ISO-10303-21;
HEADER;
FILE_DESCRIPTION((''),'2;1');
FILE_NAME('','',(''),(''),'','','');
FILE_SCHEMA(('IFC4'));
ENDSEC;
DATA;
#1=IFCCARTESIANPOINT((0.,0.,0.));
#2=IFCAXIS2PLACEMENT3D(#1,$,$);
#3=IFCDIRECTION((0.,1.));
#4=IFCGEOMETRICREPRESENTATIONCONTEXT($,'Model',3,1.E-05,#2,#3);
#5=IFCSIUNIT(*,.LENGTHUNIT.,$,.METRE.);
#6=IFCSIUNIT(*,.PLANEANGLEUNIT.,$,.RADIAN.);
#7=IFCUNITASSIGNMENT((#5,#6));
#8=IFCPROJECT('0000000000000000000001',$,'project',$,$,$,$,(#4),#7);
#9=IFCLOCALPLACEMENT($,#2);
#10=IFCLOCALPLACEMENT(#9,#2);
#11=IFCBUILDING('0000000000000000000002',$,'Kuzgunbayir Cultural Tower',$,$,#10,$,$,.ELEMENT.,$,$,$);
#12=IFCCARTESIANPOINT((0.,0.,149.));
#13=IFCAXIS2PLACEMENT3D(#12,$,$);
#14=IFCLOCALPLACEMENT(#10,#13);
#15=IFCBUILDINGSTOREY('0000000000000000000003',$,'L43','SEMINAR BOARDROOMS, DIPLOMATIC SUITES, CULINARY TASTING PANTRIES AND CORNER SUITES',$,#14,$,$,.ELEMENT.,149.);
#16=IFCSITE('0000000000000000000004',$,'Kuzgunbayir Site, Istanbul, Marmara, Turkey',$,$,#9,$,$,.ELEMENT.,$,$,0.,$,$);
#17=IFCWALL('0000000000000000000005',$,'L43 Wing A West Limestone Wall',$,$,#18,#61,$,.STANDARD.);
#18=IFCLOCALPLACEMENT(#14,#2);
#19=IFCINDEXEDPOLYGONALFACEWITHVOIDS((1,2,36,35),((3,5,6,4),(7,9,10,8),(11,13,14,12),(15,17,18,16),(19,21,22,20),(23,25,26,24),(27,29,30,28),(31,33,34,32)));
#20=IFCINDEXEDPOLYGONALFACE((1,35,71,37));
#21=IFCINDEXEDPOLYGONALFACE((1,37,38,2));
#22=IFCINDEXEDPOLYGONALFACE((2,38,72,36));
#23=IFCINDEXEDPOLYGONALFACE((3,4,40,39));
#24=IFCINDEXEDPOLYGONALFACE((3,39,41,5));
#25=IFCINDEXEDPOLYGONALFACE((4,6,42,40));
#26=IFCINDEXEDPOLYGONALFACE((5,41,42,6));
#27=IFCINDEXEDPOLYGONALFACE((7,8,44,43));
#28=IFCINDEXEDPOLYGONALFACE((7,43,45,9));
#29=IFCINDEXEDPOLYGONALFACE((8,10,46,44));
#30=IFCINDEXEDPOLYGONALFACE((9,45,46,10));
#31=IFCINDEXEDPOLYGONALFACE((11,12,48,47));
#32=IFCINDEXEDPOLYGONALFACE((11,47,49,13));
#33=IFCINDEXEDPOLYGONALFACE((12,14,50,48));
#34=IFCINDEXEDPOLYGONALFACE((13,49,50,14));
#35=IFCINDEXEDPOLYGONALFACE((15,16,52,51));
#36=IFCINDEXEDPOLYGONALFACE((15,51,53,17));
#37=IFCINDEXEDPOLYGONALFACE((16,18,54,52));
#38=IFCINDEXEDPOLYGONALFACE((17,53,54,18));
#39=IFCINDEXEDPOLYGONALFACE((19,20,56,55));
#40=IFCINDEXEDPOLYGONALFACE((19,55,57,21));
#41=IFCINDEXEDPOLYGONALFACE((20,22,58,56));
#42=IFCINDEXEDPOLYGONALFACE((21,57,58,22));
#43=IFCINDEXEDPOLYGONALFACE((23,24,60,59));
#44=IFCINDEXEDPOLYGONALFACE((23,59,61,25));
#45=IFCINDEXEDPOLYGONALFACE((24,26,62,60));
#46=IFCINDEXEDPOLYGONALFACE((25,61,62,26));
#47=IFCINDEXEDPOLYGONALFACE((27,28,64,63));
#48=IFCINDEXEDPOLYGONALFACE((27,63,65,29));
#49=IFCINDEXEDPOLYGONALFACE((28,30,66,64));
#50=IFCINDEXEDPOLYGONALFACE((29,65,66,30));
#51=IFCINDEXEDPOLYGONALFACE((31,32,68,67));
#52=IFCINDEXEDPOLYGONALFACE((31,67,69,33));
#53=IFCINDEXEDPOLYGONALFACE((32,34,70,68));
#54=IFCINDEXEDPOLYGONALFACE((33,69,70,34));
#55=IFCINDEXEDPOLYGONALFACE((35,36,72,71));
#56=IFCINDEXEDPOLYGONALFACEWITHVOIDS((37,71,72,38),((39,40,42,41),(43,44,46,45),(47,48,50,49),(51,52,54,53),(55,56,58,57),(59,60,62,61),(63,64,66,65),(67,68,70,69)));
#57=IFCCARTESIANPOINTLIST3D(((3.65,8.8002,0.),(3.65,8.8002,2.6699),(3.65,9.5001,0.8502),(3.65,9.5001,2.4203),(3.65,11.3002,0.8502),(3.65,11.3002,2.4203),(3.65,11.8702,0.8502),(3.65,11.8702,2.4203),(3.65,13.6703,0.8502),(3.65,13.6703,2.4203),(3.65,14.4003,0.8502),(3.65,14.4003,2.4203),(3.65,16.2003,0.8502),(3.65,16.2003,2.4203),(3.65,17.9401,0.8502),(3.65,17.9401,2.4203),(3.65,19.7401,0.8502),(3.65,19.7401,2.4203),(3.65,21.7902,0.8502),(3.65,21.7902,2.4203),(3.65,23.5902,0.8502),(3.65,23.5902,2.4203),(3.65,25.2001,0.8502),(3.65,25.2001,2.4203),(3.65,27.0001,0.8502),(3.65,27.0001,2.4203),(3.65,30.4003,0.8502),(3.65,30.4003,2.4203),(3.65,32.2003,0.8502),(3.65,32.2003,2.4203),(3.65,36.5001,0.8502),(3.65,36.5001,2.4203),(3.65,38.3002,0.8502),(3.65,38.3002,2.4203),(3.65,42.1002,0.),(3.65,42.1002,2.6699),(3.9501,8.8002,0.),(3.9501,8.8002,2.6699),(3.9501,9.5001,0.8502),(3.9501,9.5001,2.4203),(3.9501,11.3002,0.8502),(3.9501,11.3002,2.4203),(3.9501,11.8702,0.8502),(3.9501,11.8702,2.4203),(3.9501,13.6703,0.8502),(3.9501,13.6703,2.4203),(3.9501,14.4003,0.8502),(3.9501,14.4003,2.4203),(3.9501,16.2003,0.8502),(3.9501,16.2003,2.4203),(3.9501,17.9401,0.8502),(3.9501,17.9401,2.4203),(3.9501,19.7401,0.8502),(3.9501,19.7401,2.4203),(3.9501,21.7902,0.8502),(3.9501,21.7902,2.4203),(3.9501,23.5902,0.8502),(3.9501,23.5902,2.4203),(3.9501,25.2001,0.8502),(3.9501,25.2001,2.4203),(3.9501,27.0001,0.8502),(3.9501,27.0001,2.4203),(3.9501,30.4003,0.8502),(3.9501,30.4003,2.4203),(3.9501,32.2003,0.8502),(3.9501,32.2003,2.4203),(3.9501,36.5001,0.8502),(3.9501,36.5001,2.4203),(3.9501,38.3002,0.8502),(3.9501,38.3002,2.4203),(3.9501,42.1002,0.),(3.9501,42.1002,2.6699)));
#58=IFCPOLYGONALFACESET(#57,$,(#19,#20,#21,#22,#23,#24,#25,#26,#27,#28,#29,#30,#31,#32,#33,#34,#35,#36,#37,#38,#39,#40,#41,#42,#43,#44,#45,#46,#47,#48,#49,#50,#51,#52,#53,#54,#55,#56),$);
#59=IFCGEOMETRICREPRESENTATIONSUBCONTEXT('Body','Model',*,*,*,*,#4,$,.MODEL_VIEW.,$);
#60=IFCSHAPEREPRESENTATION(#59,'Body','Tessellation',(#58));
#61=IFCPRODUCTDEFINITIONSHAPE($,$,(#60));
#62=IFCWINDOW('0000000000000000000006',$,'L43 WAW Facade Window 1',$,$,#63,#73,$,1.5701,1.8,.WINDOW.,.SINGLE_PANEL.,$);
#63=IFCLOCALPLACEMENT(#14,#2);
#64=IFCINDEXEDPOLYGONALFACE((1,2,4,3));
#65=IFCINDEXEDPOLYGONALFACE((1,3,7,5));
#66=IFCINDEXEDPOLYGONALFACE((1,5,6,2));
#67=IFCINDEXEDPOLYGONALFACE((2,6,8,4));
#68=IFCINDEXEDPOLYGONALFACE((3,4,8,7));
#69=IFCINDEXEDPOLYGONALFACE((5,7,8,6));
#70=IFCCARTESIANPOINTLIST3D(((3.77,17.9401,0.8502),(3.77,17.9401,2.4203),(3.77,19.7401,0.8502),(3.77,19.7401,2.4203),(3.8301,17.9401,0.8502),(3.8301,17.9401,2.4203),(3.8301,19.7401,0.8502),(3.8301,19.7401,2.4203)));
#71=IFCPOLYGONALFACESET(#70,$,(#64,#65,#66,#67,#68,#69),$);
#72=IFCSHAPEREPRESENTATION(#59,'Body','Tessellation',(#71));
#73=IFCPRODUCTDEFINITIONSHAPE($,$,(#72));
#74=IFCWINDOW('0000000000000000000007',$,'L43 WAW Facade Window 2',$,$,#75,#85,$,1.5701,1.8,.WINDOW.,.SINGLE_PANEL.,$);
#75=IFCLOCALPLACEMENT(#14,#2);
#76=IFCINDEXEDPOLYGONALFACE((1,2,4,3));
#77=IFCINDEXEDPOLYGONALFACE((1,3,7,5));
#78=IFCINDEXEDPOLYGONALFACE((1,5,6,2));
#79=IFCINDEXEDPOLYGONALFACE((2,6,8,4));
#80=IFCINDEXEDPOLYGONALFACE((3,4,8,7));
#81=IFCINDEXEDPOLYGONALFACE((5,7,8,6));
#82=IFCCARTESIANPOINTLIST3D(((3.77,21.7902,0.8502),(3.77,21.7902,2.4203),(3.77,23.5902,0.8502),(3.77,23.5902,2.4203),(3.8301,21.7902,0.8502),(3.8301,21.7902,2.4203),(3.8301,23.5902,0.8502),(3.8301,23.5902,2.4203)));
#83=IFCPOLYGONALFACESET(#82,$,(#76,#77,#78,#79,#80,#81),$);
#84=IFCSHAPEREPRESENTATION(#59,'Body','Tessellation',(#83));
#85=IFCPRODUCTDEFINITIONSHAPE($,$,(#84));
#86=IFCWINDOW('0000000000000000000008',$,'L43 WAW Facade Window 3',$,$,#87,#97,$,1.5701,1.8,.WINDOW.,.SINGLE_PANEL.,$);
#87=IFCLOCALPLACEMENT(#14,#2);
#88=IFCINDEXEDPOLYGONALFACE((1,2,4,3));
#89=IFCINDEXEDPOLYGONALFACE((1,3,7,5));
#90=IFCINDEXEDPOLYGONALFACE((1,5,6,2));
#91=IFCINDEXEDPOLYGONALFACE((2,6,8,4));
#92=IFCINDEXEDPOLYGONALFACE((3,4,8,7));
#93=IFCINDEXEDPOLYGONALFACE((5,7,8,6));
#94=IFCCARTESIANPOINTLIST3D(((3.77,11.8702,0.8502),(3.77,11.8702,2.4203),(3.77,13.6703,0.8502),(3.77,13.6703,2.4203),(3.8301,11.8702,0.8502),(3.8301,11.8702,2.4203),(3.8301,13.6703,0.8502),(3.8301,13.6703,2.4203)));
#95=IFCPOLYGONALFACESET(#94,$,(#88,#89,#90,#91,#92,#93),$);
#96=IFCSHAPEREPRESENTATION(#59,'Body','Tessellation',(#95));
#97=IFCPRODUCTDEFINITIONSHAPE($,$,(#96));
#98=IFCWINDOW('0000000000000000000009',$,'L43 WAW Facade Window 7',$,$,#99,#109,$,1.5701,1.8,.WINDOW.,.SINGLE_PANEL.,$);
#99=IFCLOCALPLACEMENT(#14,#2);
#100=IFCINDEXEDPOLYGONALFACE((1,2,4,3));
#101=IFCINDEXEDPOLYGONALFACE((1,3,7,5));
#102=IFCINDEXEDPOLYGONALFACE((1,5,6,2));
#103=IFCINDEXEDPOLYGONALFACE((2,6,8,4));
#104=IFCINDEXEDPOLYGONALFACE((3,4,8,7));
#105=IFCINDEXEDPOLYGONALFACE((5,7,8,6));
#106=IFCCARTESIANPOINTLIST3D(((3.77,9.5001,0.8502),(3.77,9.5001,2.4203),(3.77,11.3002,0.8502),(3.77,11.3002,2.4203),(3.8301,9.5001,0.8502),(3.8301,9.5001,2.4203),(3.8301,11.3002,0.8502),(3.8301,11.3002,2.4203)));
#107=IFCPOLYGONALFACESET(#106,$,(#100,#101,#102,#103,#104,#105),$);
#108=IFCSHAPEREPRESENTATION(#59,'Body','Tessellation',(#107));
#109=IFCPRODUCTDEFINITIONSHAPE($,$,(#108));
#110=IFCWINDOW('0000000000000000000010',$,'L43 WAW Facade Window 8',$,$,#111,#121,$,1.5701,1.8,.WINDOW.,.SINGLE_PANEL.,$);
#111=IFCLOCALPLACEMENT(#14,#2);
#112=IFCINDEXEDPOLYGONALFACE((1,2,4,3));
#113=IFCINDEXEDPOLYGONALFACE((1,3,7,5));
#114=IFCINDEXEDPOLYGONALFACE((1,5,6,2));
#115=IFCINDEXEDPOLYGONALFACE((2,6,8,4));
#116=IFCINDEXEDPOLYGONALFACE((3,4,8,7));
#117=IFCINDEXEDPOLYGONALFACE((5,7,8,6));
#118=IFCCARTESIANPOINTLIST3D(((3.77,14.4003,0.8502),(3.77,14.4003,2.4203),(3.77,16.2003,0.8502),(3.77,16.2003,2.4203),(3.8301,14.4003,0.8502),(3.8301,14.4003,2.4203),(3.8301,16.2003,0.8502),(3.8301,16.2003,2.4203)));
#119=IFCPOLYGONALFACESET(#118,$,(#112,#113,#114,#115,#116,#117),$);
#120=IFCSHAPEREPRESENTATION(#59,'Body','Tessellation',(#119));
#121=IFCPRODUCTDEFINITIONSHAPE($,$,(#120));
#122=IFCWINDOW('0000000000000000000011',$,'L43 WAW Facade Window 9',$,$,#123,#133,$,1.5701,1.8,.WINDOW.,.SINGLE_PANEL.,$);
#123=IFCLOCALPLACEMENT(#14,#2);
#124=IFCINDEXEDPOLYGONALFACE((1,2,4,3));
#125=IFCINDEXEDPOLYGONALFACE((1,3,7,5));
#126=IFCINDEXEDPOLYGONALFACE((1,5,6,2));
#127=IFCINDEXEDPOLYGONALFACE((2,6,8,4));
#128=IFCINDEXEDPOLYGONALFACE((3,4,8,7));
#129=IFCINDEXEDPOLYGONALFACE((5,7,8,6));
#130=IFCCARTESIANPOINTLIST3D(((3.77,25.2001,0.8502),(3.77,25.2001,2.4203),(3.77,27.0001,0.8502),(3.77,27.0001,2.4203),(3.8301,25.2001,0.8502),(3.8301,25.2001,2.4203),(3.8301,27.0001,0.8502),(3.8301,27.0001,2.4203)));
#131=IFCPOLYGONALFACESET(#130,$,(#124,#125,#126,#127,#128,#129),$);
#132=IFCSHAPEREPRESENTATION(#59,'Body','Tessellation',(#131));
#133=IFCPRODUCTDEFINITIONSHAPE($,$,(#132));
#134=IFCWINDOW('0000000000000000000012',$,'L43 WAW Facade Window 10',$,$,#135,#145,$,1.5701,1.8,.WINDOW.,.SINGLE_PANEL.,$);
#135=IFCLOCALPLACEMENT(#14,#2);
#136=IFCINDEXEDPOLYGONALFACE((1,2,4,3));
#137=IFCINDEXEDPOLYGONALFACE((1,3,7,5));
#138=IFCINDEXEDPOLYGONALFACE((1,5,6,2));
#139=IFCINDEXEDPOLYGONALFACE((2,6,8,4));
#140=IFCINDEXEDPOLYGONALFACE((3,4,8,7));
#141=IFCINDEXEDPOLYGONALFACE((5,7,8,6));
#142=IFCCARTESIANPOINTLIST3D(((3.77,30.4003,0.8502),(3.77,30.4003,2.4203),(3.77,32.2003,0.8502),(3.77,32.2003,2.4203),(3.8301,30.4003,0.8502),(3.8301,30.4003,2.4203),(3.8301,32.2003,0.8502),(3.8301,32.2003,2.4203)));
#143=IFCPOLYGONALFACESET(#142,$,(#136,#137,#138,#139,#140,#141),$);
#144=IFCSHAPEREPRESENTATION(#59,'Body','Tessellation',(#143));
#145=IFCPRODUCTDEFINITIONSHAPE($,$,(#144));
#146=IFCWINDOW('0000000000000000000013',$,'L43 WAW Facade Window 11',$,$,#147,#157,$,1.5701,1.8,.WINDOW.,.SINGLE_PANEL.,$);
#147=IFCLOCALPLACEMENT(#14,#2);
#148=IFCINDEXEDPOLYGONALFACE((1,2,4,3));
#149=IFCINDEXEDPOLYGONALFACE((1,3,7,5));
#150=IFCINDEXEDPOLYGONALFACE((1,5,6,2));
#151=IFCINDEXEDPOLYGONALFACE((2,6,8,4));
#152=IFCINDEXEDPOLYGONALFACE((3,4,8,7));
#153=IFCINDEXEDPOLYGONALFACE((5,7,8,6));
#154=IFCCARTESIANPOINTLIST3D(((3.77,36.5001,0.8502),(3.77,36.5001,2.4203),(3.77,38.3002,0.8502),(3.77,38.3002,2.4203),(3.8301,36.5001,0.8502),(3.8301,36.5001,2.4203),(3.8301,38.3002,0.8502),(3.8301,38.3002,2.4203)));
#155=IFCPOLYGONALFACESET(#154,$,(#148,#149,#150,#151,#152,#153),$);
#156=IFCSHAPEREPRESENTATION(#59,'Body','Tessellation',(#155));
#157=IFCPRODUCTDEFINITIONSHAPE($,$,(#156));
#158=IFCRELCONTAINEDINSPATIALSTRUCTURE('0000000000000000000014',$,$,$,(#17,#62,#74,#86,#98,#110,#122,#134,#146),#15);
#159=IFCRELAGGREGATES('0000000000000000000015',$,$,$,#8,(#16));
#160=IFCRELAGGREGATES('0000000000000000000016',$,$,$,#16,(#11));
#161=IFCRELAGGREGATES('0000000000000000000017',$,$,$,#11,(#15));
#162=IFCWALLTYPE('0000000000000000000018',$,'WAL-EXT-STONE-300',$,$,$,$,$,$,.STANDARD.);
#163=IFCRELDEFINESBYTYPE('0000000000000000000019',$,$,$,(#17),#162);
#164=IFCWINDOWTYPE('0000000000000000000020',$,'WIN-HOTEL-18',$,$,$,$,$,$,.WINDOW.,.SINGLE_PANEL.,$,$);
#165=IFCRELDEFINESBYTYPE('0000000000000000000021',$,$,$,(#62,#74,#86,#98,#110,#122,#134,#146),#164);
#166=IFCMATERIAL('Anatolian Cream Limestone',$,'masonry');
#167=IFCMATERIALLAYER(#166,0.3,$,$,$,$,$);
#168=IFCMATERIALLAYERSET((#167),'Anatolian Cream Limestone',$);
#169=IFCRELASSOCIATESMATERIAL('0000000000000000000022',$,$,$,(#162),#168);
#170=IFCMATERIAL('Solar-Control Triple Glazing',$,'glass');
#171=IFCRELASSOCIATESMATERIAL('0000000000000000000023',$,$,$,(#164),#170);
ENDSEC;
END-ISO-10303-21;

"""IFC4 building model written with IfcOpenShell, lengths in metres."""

from ifc_helpers import new_model, si_unit, direction, frame, frame_2d, origin, place, context, subcontext, project, spatial, rectangle, extrude, material, layer, layer_set, type_object, element, fill, save


model = new_model("IFC4")

# Units and contexts
model_context = context("Model", 3, precision=1e-05, world=origin(), true_north=direction((0.0, 1.0)))
body_context = subcontext(model_context, "Body", "Model", "MODEL_VIEW")
ifc_project = project(units=[si_unit("LENGTHUNIT", "METRE"), si_unit("PLANEANGLEUNIT", "RADIAN")], contexts=[model_context])

# Site, building, storey
site_placement = place(None, origin())
site = spatial("IfcSite", under=ifc_project, at=site_placement, Name="Kuzgunbayir Site, Istanbul, Marmara, Turkey", CompositionType="ELEMENT", RefElevation=0.0)
building_placement = place(site_placement, origin())
building = spatial("IfcBuilding", under=site, at=building_placement, Name="Kuzgunbayir Cultural Tower", CompositionType="ELEMENT")
storey_placement = place(building_placement, frame((0.0, 0.0, 149.0)))
storey = spatial("IfcBuildingStorey", under=building, at=storey_placement, Name="L43", Description="SEMINAR BOARDROOMS, DIPLOMATIC SUITES, CULINARY TASTING PANTRIES AND CORNER SUITES", CompositionType="ELEMENT", Elevation=149.0)

# Wall, openings, windows
ifc_material_1 = material(Name="Anatolian Cream Limestone", Category="masonry")
ifc_layer_1 = layer(ifc_material_1, 0.3)
ifc_layer_set_1 = layer_set([ifc_layer_1], Name="Anatolian Cream Limestone")
wall_type_1 = type_object("IfcWallType", Name="WAL-EXT-STONE-300", PredefinedType="STANDARD", material=ifc_layer_set_1)
wall_1_placement = place(storey_placement, frame((3.8, 42.1001, 0.0), z_axis=(0.0, 0.0, 1.0), x_axis=(0.0, -1.0, 0.0)))
wall_1 = element("IfcWall", 1, at=wall_1_placement, inside=storey, type_object=wall_type_1, Name="L43 Wing A West Limestone Wall", PredefinedType="STANDARD", context=body_context, shape_type="SweptSolid", body=[
    extrude(rectangle(XDim=33.3, YDim=0.3, at=frame_2d((16.6499, 0.0))), origin(), (0.0, 0.0, 1.0), 2.6699),
])
opening_1_placement = place(wall_1_placement, frame((22.3601, 0.0, 0.8501)))
opening_1 = element("IfcOpeningElement", 2, at=opening_1_placement, cuts=wall_1, PredefinedType="OPENING", context=body_context, shape_type="SweptSolid", body=[
    extrude(rectangle(XDim=1.8, YDim=1.5701, at=frame_2d((0.8999, 0.7852))), frame((0.0, 0.1602, 0.0), z_axis=(0.0, -1.0, 0.0), x_axis=(1.0, 0.0, 0.0)), (0.0, 0.0, 1.0), 0.3201),
])
opening_2_placement = place(wall_1_placement, frame((18.51, 0.0, 0.8501)))
opening_2 = element("IfcOpeningElement", 3, at=opening_2_placement, cuts=wall_1, PredefinedType="OPENING", context=body_context, shape_type="SweptSolid", body=[
    extrude(rectangle(XDim=1.8, YDim=1.5701, at=frame_2d((0.8999, 0.7852))), frame((0.0, 0.1602, 0.0), z_axis=(0.0, -1.0, 0.0), x_axis=(1.0, 0.0, 0.0)), (0.0, 0.0, 1.0), 0.3201),
])
opening_3_placement = place(wall_1_placement, frame((28.4299, 0.0, 0.8501)))
opening_3 = element("IfcOpeningElement", 4, at=opening_3_placement, cuts=wall_1, PredefinedType="OPENING", context=body_context, shape_type="SweptSolid", body=[
    extrude(rectangle(XDim=1.8, YDim=1.5701, at=frame_2d((0.8999, 0.7852))), frame((0.0, 0.1602, 0.0), z_axis=(0.0, -1.0, 0.0), x_axis=(1.0, 0.0, 0.0)), (0.0, 0.0, 1.0), 0.3201),
])
opening_4_placement = place(wall_1_placement, frame((30.8, 0.0, 0.8501)))
opening_4 = element("IfcOpeningElement", 5, at=opening_4_placement, cuts=wall_1, PredefinedType="OPENING", context=body_context, shape_type="SweptSolid", body=[
    extrude(rectangle(XDim=1.8, YDim=1.5701, at=frame_2d((0.8999, 0.7852))), frame((0.0, 0.1602, 0.0), z_axis=(0.0, -1.0, 0.0), x_axis=(1.0, 0.0, 0.0)), (0.0, 0.0, 1.0), 0.3201),
])
opening_5_placement = place(wall_1_placement, frame((25.8999, 0.0, 0.8501)))
opening_5 = element("IfcOpeningElement", 6, at=opening_5_placement, cuts=wall_1, PredefinedType="OPENING", context=body_context, shape_type="SweptSolid", body=[
    extrude(rectangle(XDim=1.8, YDim=1.5701, at=frame_2d((0.8999, 0.7852))), frame((0.0, 0.1602, 0.0), z_axis=(0.0, -1.0, 0.0), x_axis=(1.0, 0.0, 0.0)), (0.0, 0.0, 1.0), 0.3201),
])
opening_6_placement = place(wall_1_placement, frame((15.1001, 0.0, 0.8501)))
opening_6 = element("IfcOpeningElement", 7, at=opening_6_placement, cuts=wall_1, PredefinedType="OPENING", context=body_context, shape_type="SweptSolid", body=[
    extrude(rectangle(XDim=1.8, YDim=1.5701, at=frame_2d((0.8999, 0.7852))), frame((0.0, 0.1602, 0.0), z_axis=(0.0, -1.0, 0.0), x_axis=(1.0, 0.0, 0.0)), (0.0, 0.0, 1.0), 0.3201),
])
opening_7_placement = place(wall_1_placement, frame((9.8999, 0.0, 0.8501)))
opening_7 = element("IfcOpeningElement", 8, at=opening_7_placement, cuts=wall_1, PredefinedType="OPENING", context=body_context, shape_type="SweptSolid", body=[
    extrude(rectangle(XDim=1.8, YDim=1.5701, at=frame_2d((0.8999, 0.7852))), frame((0.0, 0.1602, 0.0), z_axis=(0.0, -1.0, 0.0), x_axis=(1.0, 0.0, 0.0)), (0.0, 0.0, 1.0), 0.3201),
])
opening_8_placement = place(wall_1_placement, frame((3.8, 0.0, 0.8501)))
opening_8 = element("IfcOpeningElement", 9, at=opening_8_placement, cuts=wall_1, PredefinedType="OPENING", context=body_context, shape_type="SweptSolid", body=[
    extrude(rectangle(XDim=1.8, YDim=1.5701, at=frame_2d((0.8999, 0.7852))), frame((0.0, 0.1602, 0.0), z_axis=(0.0, -1.0, 0.0), x_axis=(1.0, 0.0, 0.0)), (0.0, 0.0, 1.0), 0.3201),
])
ifc_material_2 = material(Name="Solar-Control Triple Glazing", Category="glass")
window_type = type_object("IfcWindowType", Name="WIN-HOTEL-18", PartitioningType="SINGLE_PANEL", PredefinedType="WINDOW", material=ifc_material_2)
window_1_placement = place(opening_1_placement, origin())
window_1 = element("IfcWindow", 10, at=window_1_placement, inside=storey, type_object=window_type, Name="L43 WAW Facade Window 1", OverallHeight=1.5701, OverallWidth=1.8, PartitioningType="SINGLE_PANEL", PredefinedType="WINDOW", context=body_context, shape_type="SweptSolid", body=[
    extrude(rectangle(XDim=1.8, YDim=1.5701, at=frame_2d((0.8999, 0.7852))), frame((0.0, 0.03, 0.0), z_axis=(0.0, -1.0, 0.0), x_axis=(1.0, 0.0, 0.0)), (0.0, 0.0, 1.0), 0.0601),
])
fill(opening_1, window_1)
window_2_placement = place(opening_2_placement, origin())
window_2 = element("IfcWindow", 11, at=window_2_placement, inside=storey, type_object=window_type, Name="L43 WAW Facade Window 2", OverallHeight=1.5701, OverallWidth=1.8, PartitioningType="SINGLE_PANEL", PredefinedType="WINDOW", context=body_context, shape_type="SweptSolid", body=[
    extrude(rectangle(XDim=1.8, YDim=1.5701, at=frame_2d((0.8999, 0.7852))), frame((0.0, 0.03, 0.0), z_axis=(0.0, -1.0, 0.0), x_axis=(1.0, 0.0, 0.0)), (0.0, 0.0, 1.0), 0.0601),
])
fill(opening_2, window_2)
window_3_placement = place(opening_3_placement, origin())
window_3 = element("IfcWindow", 12, at=window_3_placement, inside=storey, type_object=window_type, Name="L43 WAW Facade Window 3", OverallHeight=1.5701, OverallWidth=1.8, PartitioningType="SINGLE_PANEL", PredefinedType="WINDOW", context=body_context, shape_type="SweptSolid", body=[
    extrude(rectangle(XDim=1.8, YDim=1.5701, at=frame_2d((0.8999, 0.7852))), frame((0.0, 0.03, 0.0), z_axis=(0.0, -1.0, 0.0), x_axis=(1.0, 0.0, 0.0)), (0.0, 0.0, 1.0), 0.0601),
])
fill(opening_3, window_3)
window_4_placement = place(opening_4_placement, origin())
window_4 = element("IfcWindow", 13, at=window_4_placement, inside=storey, type_object=window_type, Name="L43 WAW Facade Window 7", OverallHeight=1.5701, OverallWidth=1.8, PartitioningType="SINGLE_PANEL", PredefinedType="WINDOW", context=body_context, shape_type="SweptSolid", body=[
    extrude(rectangle(XDim=1.8, YDim=1.5701, at=frame_2d((0.8999, 0.7852))), frame((0.0, 0.03, 0.0), z_axis=(0.0, -1.0, 0.0), x_axis=(1.0, 0.0, 0.0)), (0.0, 0.0, 1.0), 0.0601),
])
fill(opening_4, window_4)
window_5_placement = place(opening_5_placement, origin())
window_5 = element("IfcWindow", 14, at=window_5_placement, inside=storey, type_object=window_type, Name="L43 WAW Facade Window 8", OverallHeight=1.5701, OverallWidth=1.8, PartitioningType="SINGLE_PANEL", PredefinedType="WINDOW", context=body_context, shape_type="SweptSolid", body=[
    extrude(rectangle(XDim=1.8, YDim=1.5701, at=frame_2d((0.8999, 0.7852))), frame((0.0, 0.03, 0.0), z_axis=(0.0, -1.0, 0.0), x_axis=(1.0, 0.0, 0.0)), (0.0, 0.0, 1.0), 0.0601),
])
fill(opening_5, window_5)
window_6_placement = place(opening_6_placement, origin())
window_6 = element("IfcWindow", 15, at=window_6_placement, inside=storey, type_object=window_type, Name="L43 WAW Facade Window 9", OverallHeight=1.5701, OverallWidth=1.8, PartitioningType="SINGLE_PANEL", PredefinedType="WINDOW", context=body_context, shape_type="SweptSolid", body=[
    extrude(rectangle(XDim=1.8, YDim=1.5701, at=frame_2d((0.8999, 0.7852))), frame((0.0, 0.03, 0.0), z_axis=(0.0, -1.0, 0.0), x_axis=(1.0, 0.0, 0.0)), (0.0, 0.0, 1.0), 0.0601),
])
fill(opening_6, window_6)
window_7_placement = place(opening_7_placement, origin())
window_7 = element("IfcWindow", 16, at=window_7_placement, inside=storey, type_object=window_type, Name="L43 WAW Facade Window 10", OverallHeight=1.5701, OverallWidth=1.8, PartitioningType="SINGLE_PANEL", PredefinedType="WINDOW", context=body_context, shape_type="SweptSolid", body=[
    extrude(rectangle(XDim=1.8, YDim=1.5701, at=frame_2d((0.8999, 0.7852))), frame((0.0, 0.03, 0.0), z_axis=(0.0, -1.0, 0.0), x_axis=(1.0, 0.0, 0.0)), (0.0, 0.0, 1.0), 0.0601),
])
fill(opening_7, window_7)
window_8_placement = place(opening_8_placement, origin())
window_8 = element("IfcWindow", 17, at=window_8_placement, inside=storey, type_object=window_type, Name="L43 WAW Facade Window 11", OverallHeight=1.5701, OverallWidth=1.8, PartitioningType="SINGLE_PANEL", PredefinedType="WINDOW", context=body_context, shape_type="SweptSolid", body=[
    extrude(rectangle(XDim=1.8, YDim=1.5701, at=frame_2d((0.8999, 0.7852))), frame((0.0, 0.03, 0.0), z_axis=(0.0, -1.0, 0.0), x_axis=(1.0, 0.0, 0.0)), (0.0, 0.0, 1.0), 0.0601),
])
fill(opening_8, window_8)

save(model, "model.ifc")
